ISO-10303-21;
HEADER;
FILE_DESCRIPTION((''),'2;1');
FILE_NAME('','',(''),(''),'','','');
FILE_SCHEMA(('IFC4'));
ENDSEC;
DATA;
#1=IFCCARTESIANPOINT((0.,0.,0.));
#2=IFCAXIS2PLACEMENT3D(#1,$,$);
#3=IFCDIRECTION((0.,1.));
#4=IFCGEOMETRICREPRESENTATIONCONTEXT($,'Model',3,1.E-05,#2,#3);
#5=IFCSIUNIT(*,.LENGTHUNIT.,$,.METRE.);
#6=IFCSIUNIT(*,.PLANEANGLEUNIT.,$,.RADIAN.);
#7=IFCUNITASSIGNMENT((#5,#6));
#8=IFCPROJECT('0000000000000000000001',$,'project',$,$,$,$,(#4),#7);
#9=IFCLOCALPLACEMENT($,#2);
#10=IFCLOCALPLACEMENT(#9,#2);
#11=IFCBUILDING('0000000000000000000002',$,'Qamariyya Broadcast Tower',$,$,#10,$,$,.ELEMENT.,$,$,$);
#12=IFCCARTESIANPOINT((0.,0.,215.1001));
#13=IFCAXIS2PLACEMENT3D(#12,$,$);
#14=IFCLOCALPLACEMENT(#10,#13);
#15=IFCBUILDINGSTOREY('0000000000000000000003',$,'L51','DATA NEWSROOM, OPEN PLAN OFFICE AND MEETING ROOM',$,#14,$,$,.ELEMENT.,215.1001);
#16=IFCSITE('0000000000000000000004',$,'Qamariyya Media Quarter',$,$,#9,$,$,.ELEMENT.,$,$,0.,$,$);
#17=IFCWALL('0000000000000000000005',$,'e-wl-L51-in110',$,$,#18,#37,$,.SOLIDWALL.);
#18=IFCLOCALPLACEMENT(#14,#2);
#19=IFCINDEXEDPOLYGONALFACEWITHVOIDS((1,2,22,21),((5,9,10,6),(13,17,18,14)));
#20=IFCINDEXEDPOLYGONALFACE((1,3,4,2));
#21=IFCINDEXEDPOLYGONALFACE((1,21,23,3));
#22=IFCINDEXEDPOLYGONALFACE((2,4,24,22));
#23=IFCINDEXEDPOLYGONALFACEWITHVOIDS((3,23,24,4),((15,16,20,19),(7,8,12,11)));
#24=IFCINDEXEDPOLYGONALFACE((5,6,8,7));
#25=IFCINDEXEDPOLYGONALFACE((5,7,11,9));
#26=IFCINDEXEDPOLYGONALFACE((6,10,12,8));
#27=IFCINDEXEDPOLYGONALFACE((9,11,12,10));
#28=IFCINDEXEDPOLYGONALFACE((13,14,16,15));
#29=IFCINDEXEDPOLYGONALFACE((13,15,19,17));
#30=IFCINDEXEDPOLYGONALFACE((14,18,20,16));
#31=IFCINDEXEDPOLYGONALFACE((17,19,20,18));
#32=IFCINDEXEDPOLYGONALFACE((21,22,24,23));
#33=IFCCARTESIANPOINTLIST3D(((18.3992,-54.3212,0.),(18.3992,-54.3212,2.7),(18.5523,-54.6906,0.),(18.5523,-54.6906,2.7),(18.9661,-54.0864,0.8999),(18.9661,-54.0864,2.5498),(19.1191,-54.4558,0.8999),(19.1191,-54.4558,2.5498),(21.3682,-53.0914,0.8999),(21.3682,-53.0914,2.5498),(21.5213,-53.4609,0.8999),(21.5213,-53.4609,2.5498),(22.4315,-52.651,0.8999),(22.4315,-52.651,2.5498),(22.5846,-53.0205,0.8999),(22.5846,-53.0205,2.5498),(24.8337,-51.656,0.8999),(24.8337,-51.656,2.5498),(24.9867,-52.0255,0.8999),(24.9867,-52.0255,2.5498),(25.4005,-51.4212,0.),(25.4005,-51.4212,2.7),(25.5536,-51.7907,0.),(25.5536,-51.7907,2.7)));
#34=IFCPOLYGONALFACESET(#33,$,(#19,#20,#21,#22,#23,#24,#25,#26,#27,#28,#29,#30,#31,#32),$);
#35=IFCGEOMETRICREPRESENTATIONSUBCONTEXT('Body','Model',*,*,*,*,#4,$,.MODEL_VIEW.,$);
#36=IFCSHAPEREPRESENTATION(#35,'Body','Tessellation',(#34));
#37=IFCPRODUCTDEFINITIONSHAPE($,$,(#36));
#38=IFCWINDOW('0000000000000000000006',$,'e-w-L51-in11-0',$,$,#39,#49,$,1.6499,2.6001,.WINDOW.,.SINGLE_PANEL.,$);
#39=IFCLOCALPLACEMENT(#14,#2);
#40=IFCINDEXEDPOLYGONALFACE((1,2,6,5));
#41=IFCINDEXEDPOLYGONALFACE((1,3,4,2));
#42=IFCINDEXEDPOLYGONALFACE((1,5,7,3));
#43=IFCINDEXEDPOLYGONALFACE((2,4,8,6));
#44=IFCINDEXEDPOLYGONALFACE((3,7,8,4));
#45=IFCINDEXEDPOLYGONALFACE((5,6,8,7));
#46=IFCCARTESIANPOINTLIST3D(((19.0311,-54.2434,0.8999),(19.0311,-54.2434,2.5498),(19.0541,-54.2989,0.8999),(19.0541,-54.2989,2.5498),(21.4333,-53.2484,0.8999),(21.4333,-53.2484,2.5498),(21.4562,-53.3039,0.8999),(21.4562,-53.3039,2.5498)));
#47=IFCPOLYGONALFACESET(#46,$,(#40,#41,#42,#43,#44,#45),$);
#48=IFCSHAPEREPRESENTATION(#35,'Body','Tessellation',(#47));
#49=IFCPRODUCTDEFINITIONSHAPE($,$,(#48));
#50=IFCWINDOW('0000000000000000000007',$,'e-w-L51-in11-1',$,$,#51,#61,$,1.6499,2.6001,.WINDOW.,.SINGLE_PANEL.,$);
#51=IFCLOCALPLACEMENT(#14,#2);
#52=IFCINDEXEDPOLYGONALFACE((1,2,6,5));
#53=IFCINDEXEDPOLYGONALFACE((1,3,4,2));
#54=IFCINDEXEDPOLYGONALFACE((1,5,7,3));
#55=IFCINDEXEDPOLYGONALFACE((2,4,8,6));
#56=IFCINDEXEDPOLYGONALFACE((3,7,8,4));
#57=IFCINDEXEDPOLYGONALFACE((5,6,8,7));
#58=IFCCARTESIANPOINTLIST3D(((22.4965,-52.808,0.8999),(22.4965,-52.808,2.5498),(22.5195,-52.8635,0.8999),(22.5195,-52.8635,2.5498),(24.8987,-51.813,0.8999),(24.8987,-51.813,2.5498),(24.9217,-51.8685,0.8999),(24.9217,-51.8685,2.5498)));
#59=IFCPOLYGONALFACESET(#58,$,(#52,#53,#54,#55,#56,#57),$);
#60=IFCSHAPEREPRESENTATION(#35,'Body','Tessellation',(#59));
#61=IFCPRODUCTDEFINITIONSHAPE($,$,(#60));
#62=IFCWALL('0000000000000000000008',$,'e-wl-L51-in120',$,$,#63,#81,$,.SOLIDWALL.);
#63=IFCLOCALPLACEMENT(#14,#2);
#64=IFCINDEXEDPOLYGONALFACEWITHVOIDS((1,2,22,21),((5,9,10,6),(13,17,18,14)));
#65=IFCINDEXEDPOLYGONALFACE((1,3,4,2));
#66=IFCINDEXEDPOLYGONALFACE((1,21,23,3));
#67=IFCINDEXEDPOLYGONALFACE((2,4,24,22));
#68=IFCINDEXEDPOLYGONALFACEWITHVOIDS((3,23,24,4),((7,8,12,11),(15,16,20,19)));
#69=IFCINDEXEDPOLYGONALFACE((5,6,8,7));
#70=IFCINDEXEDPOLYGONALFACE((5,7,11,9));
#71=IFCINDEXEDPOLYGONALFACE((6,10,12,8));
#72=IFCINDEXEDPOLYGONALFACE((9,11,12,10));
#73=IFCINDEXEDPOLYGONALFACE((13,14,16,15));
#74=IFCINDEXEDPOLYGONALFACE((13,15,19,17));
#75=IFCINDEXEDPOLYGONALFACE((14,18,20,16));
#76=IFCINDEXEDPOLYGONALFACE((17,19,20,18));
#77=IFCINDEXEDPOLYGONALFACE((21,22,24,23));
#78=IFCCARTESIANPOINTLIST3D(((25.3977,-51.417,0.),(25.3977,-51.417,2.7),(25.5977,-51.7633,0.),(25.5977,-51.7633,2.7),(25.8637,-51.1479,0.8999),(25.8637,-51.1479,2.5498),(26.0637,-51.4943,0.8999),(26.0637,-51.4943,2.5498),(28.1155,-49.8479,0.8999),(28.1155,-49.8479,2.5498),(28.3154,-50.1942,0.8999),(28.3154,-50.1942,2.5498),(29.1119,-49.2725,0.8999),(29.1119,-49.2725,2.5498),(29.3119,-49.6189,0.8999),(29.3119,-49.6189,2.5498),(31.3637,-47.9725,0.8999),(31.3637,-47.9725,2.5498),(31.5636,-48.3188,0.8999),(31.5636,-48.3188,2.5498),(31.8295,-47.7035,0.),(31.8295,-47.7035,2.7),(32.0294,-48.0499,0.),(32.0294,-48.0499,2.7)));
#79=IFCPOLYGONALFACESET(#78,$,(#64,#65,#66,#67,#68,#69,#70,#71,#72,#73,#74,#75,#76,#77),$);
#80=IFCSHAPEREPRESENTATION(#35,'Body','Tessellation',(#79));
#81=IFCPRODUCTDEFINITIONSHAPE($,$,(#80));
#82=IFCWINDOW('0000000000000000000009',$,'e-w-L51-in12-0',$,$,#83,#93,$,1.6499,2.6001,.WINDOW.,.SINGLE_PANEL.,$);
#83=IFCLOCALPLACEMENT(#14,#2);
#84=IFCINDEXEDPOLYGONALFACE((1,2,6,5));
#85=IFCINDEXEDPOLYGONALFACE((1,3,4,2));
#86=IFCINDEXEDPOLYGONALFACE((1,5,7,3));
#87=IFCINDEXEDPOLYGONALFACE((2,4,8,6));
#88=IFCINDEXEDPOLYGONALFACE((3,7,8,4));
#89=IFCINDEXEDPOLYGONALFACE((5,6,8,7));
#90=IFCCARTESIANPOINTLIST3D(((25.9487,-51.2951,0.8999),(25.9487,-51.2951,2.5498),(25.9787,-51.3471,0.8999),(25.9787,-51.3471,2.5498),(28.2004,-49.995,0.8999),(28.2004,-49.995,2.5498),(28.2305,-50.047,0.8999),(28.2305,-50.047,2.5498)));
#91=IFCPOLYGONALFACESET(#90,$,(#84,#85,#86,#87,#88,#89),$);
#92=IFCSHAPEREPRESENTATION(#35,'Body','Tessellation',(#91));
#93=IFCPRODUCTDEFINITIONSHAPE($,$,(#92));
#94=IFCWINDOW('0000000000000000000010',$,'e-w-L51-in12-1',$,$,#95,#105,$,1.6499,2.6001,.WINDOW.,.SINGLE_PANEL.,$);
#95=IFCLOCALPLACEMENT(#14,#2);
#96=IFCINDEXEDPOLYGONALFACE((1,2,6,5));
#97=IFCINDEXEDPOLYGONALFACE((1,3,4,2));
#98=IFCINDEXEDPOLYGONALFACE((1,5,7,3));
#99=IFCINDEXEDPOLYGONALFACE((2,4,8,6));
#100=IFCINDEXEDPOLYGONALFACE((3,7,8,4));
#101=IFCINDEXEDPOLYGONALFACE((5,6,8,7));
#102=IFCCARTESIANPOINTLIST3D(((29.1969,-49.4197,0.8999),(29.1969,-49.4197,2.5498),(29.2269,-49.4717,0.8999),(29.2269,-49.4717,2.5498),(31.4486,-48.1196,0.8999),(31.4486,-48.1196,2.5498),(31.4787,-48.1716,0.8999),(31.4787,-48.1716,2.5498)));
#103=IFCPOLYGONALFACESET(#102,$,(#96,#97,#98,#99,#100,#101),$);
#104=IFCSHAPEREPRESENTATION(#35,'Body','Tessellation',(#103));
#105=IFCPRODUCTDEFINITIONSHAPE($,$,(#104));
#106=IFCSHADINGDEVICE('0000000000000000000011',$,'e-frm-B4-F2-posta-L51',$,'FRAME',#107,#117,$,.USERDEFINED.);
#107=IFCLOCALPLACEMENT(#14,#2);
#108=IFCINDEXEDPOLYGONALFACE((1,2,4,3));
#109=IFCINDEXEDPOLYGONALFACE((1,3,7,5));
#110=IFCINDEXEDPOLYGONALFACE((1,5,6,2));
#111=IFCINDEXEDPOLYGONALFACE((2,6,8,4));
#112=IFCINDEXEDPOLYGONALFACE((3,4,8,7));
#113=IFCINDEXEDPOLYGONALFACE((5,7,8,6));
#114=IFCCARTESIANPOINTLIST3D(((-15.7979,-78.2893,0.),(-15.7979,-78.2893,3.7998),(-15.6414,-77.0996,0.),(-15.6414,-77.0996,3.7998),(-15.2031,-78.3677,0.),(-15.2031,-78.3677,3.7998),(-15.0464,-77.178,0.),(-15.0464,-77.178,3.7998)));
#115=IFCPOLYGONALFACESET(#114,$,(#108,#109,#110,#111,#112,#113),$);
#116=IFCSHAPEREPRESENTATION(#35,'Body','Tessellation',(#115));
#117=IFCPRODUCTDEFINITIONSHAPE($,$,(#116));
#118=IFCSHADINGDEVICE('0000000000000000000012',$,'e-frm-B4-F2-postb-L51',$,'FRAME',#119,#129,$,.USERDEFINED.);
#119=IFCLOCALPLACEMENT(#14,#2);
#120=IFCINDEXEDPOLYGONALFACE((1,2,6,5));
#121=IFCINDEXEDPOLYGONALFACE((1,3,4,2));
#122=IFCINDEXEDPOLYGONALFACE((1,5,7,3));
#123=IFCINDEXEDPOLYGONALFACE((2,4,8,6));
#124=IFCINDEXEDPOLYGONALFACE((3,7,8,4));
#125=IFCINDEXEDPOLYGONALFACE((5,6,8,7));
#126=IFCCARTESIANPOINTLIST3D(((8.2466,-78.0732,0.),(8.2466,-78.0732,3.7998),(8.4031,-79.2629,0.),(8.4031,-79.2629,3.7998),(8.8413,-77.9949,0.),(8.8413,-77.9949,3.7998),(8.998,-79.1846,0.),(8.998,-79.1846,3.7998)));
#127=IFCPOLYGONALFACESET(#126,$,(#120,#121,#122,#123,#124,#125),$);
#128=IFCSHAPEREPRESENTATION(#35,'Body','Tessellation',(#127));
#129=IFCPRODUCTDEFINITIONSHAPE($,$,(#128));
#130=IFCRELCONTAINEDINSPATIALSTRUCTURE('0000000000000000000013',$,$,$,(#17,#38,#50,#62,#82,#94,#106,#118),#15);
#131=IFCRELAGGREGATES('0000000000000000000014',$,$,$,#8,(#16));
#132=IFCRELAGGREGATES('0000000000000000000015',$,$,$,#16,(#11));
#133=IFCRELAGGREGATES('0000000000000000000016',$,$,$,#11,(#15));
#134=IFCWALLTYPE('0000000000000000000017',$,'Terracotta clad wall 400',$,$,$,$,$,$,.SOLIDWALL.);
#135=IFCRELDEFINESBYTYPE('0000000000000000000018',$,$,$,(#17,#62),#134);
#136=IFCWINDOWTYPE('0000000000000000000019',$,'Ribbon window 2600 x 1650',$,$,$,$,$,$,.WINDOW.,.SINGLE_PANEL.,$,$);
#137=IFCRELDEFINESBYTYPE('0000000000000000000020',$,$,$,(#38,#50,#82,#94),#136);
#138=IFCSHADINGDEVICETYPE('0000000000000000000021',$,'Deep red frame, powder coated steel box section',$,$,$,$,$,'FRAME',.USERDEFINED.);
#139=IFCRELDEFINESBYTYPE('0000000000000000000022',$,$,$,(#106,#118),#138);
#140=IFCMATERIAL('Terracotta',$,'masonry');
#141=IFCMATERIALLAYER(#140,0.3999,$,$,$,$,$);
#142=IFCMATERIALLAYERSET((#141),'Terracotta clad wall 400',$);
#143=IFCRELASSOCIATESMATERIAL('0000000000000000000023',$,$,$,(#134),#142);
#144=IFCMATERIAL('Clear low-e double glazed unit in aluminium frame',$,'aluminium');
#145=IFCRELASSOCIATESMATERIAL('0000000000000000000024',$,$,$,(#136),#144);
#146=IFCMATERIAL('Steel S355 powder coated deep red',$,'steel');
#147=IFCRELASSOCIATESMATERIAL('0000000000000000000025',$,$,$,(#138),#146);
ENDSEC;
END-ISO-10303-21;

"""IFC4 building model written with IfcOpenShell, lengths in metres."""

from ifc_helpers import new_model, si_unit, direction, frame, frame_2d, origin, place, context, subcontext, project, spatial, polyline, rectangle, outline, extrude, material, layer, layer_set, type_object, element, fill, save


model = new_model("IFC4")

# Units and contexts
model_context = context("Model", 3, precision=1e-05, world=origin(), true_north=direction((0.0, 1.0)))
body_context = subcontext(model_context, "Body", "Model", "MODEL_VIEW")
ifc_project = project(units=[si_unit("LENGTHUNIT", "METRE"), si_unit("PLANEANGLEUNIT", "RADIAN")], contexts=[model_context])

# Site, building, storey
site_placement = place(None, origin())
building_placement = place(site_placement, origin())
storey_placement = place(building_placement, frame((0.0, 0.0, 215.1001)))
site = spatial("IfcSite", under=ifc_project, at=site_placement, Name="Qamariyya Media Quarter", CompositionType="ELEMENT", RefElevation=0.0)
building = spatial("IfcBuilding", under=site, at=building_placement, Name="Qamariyya Broadcast Tower", CompositionType="ELEMENT")
storey = spatial("IfcBuildingStorey", under=building, at=storey_placement, Name="L51", Description="DATA NEWSROOM, OPEN PLAN OFFICE AND MEETING ROOM", CompositionType="ELEMENT", Elevation=215.1001)

# Walls, openings, windows
ifc_material_1 = material(Name="Terracotta", Category="masonry")
ifc_layer_1 = layer(ifc_material_1, 0.3999)
ifc_layer_set_1 = layer_set([ifc_layer_1], Name="Terracotta clad wall 400")
wall_type = type_object("IfcWallType", Name="Terracotta clad wall 400", PredefinedType="SOLIDWALL", material=ifc_layer_set_1)
wall_1_placement = place(storey_placement, frame((25.4771, -51.606, 0.0), z_axis=(0.0, 0.0, 1.0), x_axis=(-0.923884, -0.382672, 0.0)))
wall_1 = element("IfcWall", 1, at=wall_1_placement, inside=storey, type_object=wall_type, Name="e-wl-L51-in110", PredefinedType="SOLIDWALL", context=body_context, shape_type="SweptSolid", body=[
    extrude(rectangle(XDim=7.5781, YDim=0.3999, at=frame_2d((3.7891, 0.0))), origin(), (0.0, 0.0, 1.0), 2.7),
])
opening_1_placement = place(wall_1_placement, frame((4.3645, 0.0, 0.8999)))
opening_1 = element("IfcOpeningElement", 2, at=opening_1_placement, cuts=wall_1, PredefinedType="OPENING", context=body_context, shape_type="SweptSolid", body=[
    extrude(rectangle(XDim=2.6001, YDim=1.6499, at=frame_2d((1.3, 0.825))), frame((0.0, 0.21, 0.0), z_axis=(0.0, -1.0, 0.0), x_axis=(1.0, 0.0, 0.0)), (0.0, 0.0, 1.0), 0.4199),
])
opening_2_placement = place(wall_1_placement, frame((0.6135, 0.0, 0.8999)))
opening_2 = element("IfcOpeningElement", 3, at=opening_2_placement, cuts=wall_1, PredefinedType="OPENING", context=body_context, shape_type="SweptSolid", body=[
    extrude(rectangle(XDim=2.6001, YDim=1.6499, at=frame_2d((1.3, 0.825))), frame((0.0, 0.21, 0.0), z_axis=(0.0, -1.0, 0.0), x_axis=(1.0, 0.0, 0.0)), (0.0, 0.0, 1.0), 0.4199),
])
ifc_material_2 = material(Name="Clear low-e double glazed unit in aluminium frame", Category="aluminium")
window_type = type_object("IfcWindowType", Name="Ribbon window 2600 x 1650", PartitioningType="SINGLE_PANEL", PredefinedType="WINDOW", material=ifc_material_2)
window_1_placement = place(opening_1_placement, origin())
window_1 = element("IfcWindow", 4, at=window_1_placement, inside=storey, type_object=window_type, Name="e-w-L51-in11-0", OverallHeight=1.6499, OverallWidth=2.6001, PartitioningType="SINGLE_PANEL", PredefinedType="WINDOW", context=body_context, shape_type="SweptSolid", body=[
    extrude(rectangle(XDim=2.6001, YDim=1.6499, at=frame_2d((1.3, 0.825))), frame((0.0, 0.03, 0.0), z_axis=(0.0, -1.0, 0.0), x_axis=(1.0, 0.0, 0.0)), (0.0, 0.0, 1.0), 0.0601),
])
fill(opening_1, window_1)
window_2_placement = place(opening_2_placement, origin())
window_2 = element("IfcWindow", 5, at=window_2_placement, inside=storey, type_object=window_type, Name="e-w-L51-in11-1", OverallHeight=1.6499, OverallWidth=2.6001, PartitioningType="SINGLE_PANEL", PredefinedType="WINDOW", context=body_context, shape_type="SweptSolid", body=[
    extrude(rectangle(XDim=2.6001, YDim=1.6499, at=frame_2d((1.3, 0.825))), frame((0.0, 0.03, 0.0), z_axis=(0.0, -1.0, 0.0), x_axis=(1.0, 0.0, 0.0)), (0.0, 0.0, 1.0), 0.0601),
])
fill(opening_2, window_2)
wall_2_placement = place(storey_placement, frame((31.9294, -47.8767, 0.0), z_axis=(0.0, 0.0, 1.0), x_axis=(-0.866021, -0.500007, 0.0)))
wall_2 = element("IfcWall", 6, at=wall_2_placement, inside=storey, type_object=wall_type, Name="e-wl-L51-in120", PredefinedType="SOLIDWALL", context=body_context, shape_type="SweptSolid", body=[
    extrude(rectangle(XDim=7.4268, YDim=0.3999, at=frame_2d((3.7134, 0.0))), origin(), (0.0, 0.0, 1.0), 2.7),
])
opening_3_placement = place(wall_2_placement, frame((4.2886, 0.0, 0.8999)))
opening_3 = element("IfcOpeningElement", 7, at=opening_3_placement, cuts=wall_2, PredefinedType="OPENING", context=body_context, shape_type="SweptSolid", body=[
    extrude(rectangle(XDim=2.6001, YDim=1.6499, at=frame_2d((1.3, 0.825))), frame((0.0, 0.21, 0.0), z_axis=(0.0, -1.0, 0.0), x_axis=(1.0, 0.0, 0.0)), (0.0, 0.0, 1.0), 0.4199),
])
opening_4_placement = place(wall_2_placement, frame((0.5378, 0.0, 0.8999)))
opening_4 = element("IfcOpeningElement", 8, at=opening_4_placement, cuts=wall_2, PredefinedType="OPENING", context=body_context, shape_type="SweptSolid", body=[
    extrude(rectangle(XDim=2.6001, YDim=1.6499, at=frame_2d((1.3, 0.825))), frame((0.0, 0.21, 0.0), z_axis=(0.0, -1.0, 0.0), x_axis=(1.0, 0.0, 0.0)), (0.0, 0.0, 1.0), 0.4199),
])
window_3_placement = place(opening_3_placement, origin())
window_3 = element("IfcWindow", 9, at=window_3_placement, inside=storey, type_object=window_type, Name="e-w-L51-in12-0", OverallHeight=1.6499, OverallWidth=2.6001, PartitioningType="SINGLE_PANEL", PredefinedType="WINDOW", context=body_context, shape_type="SweptSolid", body=[
    extrude(rectangle(XDim=2.6001, YDim=1.6499, at=frame_2d((1.3, 0.825))), frame((0.0, 0.03, 0.0), z_axis=(0.0, -1.0, 0.0), x_axis=(1.0, 0.0, 0.0)), (0.0, 0.0, 1.0), 0.0601),
])
fill(opening_3, window_3)
window_4_placement = place(opening_4_placement, origin())
window_4 = element("IfcWindow", 10, at=window_4_placement, inside=storey, type_object=window_type, Name="e-w-L51-in12-1", OverallHeight=1.6499, OverallWidth=2.6001, PartitioningType="SINGLE_PANEL", PredefinedType="WINDOW", context=body_context, shape_type="SweptSolid", body=[
    extrude(rectangle(XDim=2.6001, YDim=1.6499, at=frame_2d((1.3, 0.825))), frame((0.0, 0.03, 0.0), z_axis=(0.0, -1.0, 0.0), x_axis=(1.0, 0.0, 0.0)), (0.0, 0.0, 1.0), 0.0601),
])
fill(opening_4, window_4)

# Shading devices
ifc_material_3 = material(Name="Steel S355 powder coated deep red", Category="steel")
shading_device_type = type_object("IfcShadingDeviceType", Name="Deep red frame, powder coated steel box section", ElementType="FRAME", PredefinedType="USERDEFINED", material=ifc_material_3)
shading_device_1_placement = place(storey_placement, origin())
element("IfcShadingDevice", 11, at=shading_device_1_placement, inside=storey, type_object=shading_device_type, Name="e-frm-B4-F2-posta-L51", ObjectType="FRAME", PredefinedType="USERDEFINED", context=body_context, shape_type="SweptSolid", body=[
    extrude(outline(polyline([(-15.6414, -77.0996), (-15.7979, -78.2893), (-15.2031, -78.3677), (-15.0464, -77.178), (-15.6414, -77.0996)])), origin(), (0.0, 0.0, 1.0), 3.7998),
])
shading_device_2_placement = place(storey_placement, origin())
element("IfcShadingDevice", 12, at=shading_device_2_placement, inside=storey, type_object=shading_device_type, Name="e-frm-B4-F2-postb-L51", ObjectType="FRAME", PredefinedType="USERDEFINED", context=body_context, shape_type="SweptSolid", body=[
    extrude(outline(polyline([(8.2466, -78.0732), (8.4031, -79.2629), (8.998, -79.1846), (8.8413, -77.9949), (8.2466, -78.0732)])), origin(), (0.0, 0.0, 1.0), 3.7998),
])

save(model, "model.ifc")
